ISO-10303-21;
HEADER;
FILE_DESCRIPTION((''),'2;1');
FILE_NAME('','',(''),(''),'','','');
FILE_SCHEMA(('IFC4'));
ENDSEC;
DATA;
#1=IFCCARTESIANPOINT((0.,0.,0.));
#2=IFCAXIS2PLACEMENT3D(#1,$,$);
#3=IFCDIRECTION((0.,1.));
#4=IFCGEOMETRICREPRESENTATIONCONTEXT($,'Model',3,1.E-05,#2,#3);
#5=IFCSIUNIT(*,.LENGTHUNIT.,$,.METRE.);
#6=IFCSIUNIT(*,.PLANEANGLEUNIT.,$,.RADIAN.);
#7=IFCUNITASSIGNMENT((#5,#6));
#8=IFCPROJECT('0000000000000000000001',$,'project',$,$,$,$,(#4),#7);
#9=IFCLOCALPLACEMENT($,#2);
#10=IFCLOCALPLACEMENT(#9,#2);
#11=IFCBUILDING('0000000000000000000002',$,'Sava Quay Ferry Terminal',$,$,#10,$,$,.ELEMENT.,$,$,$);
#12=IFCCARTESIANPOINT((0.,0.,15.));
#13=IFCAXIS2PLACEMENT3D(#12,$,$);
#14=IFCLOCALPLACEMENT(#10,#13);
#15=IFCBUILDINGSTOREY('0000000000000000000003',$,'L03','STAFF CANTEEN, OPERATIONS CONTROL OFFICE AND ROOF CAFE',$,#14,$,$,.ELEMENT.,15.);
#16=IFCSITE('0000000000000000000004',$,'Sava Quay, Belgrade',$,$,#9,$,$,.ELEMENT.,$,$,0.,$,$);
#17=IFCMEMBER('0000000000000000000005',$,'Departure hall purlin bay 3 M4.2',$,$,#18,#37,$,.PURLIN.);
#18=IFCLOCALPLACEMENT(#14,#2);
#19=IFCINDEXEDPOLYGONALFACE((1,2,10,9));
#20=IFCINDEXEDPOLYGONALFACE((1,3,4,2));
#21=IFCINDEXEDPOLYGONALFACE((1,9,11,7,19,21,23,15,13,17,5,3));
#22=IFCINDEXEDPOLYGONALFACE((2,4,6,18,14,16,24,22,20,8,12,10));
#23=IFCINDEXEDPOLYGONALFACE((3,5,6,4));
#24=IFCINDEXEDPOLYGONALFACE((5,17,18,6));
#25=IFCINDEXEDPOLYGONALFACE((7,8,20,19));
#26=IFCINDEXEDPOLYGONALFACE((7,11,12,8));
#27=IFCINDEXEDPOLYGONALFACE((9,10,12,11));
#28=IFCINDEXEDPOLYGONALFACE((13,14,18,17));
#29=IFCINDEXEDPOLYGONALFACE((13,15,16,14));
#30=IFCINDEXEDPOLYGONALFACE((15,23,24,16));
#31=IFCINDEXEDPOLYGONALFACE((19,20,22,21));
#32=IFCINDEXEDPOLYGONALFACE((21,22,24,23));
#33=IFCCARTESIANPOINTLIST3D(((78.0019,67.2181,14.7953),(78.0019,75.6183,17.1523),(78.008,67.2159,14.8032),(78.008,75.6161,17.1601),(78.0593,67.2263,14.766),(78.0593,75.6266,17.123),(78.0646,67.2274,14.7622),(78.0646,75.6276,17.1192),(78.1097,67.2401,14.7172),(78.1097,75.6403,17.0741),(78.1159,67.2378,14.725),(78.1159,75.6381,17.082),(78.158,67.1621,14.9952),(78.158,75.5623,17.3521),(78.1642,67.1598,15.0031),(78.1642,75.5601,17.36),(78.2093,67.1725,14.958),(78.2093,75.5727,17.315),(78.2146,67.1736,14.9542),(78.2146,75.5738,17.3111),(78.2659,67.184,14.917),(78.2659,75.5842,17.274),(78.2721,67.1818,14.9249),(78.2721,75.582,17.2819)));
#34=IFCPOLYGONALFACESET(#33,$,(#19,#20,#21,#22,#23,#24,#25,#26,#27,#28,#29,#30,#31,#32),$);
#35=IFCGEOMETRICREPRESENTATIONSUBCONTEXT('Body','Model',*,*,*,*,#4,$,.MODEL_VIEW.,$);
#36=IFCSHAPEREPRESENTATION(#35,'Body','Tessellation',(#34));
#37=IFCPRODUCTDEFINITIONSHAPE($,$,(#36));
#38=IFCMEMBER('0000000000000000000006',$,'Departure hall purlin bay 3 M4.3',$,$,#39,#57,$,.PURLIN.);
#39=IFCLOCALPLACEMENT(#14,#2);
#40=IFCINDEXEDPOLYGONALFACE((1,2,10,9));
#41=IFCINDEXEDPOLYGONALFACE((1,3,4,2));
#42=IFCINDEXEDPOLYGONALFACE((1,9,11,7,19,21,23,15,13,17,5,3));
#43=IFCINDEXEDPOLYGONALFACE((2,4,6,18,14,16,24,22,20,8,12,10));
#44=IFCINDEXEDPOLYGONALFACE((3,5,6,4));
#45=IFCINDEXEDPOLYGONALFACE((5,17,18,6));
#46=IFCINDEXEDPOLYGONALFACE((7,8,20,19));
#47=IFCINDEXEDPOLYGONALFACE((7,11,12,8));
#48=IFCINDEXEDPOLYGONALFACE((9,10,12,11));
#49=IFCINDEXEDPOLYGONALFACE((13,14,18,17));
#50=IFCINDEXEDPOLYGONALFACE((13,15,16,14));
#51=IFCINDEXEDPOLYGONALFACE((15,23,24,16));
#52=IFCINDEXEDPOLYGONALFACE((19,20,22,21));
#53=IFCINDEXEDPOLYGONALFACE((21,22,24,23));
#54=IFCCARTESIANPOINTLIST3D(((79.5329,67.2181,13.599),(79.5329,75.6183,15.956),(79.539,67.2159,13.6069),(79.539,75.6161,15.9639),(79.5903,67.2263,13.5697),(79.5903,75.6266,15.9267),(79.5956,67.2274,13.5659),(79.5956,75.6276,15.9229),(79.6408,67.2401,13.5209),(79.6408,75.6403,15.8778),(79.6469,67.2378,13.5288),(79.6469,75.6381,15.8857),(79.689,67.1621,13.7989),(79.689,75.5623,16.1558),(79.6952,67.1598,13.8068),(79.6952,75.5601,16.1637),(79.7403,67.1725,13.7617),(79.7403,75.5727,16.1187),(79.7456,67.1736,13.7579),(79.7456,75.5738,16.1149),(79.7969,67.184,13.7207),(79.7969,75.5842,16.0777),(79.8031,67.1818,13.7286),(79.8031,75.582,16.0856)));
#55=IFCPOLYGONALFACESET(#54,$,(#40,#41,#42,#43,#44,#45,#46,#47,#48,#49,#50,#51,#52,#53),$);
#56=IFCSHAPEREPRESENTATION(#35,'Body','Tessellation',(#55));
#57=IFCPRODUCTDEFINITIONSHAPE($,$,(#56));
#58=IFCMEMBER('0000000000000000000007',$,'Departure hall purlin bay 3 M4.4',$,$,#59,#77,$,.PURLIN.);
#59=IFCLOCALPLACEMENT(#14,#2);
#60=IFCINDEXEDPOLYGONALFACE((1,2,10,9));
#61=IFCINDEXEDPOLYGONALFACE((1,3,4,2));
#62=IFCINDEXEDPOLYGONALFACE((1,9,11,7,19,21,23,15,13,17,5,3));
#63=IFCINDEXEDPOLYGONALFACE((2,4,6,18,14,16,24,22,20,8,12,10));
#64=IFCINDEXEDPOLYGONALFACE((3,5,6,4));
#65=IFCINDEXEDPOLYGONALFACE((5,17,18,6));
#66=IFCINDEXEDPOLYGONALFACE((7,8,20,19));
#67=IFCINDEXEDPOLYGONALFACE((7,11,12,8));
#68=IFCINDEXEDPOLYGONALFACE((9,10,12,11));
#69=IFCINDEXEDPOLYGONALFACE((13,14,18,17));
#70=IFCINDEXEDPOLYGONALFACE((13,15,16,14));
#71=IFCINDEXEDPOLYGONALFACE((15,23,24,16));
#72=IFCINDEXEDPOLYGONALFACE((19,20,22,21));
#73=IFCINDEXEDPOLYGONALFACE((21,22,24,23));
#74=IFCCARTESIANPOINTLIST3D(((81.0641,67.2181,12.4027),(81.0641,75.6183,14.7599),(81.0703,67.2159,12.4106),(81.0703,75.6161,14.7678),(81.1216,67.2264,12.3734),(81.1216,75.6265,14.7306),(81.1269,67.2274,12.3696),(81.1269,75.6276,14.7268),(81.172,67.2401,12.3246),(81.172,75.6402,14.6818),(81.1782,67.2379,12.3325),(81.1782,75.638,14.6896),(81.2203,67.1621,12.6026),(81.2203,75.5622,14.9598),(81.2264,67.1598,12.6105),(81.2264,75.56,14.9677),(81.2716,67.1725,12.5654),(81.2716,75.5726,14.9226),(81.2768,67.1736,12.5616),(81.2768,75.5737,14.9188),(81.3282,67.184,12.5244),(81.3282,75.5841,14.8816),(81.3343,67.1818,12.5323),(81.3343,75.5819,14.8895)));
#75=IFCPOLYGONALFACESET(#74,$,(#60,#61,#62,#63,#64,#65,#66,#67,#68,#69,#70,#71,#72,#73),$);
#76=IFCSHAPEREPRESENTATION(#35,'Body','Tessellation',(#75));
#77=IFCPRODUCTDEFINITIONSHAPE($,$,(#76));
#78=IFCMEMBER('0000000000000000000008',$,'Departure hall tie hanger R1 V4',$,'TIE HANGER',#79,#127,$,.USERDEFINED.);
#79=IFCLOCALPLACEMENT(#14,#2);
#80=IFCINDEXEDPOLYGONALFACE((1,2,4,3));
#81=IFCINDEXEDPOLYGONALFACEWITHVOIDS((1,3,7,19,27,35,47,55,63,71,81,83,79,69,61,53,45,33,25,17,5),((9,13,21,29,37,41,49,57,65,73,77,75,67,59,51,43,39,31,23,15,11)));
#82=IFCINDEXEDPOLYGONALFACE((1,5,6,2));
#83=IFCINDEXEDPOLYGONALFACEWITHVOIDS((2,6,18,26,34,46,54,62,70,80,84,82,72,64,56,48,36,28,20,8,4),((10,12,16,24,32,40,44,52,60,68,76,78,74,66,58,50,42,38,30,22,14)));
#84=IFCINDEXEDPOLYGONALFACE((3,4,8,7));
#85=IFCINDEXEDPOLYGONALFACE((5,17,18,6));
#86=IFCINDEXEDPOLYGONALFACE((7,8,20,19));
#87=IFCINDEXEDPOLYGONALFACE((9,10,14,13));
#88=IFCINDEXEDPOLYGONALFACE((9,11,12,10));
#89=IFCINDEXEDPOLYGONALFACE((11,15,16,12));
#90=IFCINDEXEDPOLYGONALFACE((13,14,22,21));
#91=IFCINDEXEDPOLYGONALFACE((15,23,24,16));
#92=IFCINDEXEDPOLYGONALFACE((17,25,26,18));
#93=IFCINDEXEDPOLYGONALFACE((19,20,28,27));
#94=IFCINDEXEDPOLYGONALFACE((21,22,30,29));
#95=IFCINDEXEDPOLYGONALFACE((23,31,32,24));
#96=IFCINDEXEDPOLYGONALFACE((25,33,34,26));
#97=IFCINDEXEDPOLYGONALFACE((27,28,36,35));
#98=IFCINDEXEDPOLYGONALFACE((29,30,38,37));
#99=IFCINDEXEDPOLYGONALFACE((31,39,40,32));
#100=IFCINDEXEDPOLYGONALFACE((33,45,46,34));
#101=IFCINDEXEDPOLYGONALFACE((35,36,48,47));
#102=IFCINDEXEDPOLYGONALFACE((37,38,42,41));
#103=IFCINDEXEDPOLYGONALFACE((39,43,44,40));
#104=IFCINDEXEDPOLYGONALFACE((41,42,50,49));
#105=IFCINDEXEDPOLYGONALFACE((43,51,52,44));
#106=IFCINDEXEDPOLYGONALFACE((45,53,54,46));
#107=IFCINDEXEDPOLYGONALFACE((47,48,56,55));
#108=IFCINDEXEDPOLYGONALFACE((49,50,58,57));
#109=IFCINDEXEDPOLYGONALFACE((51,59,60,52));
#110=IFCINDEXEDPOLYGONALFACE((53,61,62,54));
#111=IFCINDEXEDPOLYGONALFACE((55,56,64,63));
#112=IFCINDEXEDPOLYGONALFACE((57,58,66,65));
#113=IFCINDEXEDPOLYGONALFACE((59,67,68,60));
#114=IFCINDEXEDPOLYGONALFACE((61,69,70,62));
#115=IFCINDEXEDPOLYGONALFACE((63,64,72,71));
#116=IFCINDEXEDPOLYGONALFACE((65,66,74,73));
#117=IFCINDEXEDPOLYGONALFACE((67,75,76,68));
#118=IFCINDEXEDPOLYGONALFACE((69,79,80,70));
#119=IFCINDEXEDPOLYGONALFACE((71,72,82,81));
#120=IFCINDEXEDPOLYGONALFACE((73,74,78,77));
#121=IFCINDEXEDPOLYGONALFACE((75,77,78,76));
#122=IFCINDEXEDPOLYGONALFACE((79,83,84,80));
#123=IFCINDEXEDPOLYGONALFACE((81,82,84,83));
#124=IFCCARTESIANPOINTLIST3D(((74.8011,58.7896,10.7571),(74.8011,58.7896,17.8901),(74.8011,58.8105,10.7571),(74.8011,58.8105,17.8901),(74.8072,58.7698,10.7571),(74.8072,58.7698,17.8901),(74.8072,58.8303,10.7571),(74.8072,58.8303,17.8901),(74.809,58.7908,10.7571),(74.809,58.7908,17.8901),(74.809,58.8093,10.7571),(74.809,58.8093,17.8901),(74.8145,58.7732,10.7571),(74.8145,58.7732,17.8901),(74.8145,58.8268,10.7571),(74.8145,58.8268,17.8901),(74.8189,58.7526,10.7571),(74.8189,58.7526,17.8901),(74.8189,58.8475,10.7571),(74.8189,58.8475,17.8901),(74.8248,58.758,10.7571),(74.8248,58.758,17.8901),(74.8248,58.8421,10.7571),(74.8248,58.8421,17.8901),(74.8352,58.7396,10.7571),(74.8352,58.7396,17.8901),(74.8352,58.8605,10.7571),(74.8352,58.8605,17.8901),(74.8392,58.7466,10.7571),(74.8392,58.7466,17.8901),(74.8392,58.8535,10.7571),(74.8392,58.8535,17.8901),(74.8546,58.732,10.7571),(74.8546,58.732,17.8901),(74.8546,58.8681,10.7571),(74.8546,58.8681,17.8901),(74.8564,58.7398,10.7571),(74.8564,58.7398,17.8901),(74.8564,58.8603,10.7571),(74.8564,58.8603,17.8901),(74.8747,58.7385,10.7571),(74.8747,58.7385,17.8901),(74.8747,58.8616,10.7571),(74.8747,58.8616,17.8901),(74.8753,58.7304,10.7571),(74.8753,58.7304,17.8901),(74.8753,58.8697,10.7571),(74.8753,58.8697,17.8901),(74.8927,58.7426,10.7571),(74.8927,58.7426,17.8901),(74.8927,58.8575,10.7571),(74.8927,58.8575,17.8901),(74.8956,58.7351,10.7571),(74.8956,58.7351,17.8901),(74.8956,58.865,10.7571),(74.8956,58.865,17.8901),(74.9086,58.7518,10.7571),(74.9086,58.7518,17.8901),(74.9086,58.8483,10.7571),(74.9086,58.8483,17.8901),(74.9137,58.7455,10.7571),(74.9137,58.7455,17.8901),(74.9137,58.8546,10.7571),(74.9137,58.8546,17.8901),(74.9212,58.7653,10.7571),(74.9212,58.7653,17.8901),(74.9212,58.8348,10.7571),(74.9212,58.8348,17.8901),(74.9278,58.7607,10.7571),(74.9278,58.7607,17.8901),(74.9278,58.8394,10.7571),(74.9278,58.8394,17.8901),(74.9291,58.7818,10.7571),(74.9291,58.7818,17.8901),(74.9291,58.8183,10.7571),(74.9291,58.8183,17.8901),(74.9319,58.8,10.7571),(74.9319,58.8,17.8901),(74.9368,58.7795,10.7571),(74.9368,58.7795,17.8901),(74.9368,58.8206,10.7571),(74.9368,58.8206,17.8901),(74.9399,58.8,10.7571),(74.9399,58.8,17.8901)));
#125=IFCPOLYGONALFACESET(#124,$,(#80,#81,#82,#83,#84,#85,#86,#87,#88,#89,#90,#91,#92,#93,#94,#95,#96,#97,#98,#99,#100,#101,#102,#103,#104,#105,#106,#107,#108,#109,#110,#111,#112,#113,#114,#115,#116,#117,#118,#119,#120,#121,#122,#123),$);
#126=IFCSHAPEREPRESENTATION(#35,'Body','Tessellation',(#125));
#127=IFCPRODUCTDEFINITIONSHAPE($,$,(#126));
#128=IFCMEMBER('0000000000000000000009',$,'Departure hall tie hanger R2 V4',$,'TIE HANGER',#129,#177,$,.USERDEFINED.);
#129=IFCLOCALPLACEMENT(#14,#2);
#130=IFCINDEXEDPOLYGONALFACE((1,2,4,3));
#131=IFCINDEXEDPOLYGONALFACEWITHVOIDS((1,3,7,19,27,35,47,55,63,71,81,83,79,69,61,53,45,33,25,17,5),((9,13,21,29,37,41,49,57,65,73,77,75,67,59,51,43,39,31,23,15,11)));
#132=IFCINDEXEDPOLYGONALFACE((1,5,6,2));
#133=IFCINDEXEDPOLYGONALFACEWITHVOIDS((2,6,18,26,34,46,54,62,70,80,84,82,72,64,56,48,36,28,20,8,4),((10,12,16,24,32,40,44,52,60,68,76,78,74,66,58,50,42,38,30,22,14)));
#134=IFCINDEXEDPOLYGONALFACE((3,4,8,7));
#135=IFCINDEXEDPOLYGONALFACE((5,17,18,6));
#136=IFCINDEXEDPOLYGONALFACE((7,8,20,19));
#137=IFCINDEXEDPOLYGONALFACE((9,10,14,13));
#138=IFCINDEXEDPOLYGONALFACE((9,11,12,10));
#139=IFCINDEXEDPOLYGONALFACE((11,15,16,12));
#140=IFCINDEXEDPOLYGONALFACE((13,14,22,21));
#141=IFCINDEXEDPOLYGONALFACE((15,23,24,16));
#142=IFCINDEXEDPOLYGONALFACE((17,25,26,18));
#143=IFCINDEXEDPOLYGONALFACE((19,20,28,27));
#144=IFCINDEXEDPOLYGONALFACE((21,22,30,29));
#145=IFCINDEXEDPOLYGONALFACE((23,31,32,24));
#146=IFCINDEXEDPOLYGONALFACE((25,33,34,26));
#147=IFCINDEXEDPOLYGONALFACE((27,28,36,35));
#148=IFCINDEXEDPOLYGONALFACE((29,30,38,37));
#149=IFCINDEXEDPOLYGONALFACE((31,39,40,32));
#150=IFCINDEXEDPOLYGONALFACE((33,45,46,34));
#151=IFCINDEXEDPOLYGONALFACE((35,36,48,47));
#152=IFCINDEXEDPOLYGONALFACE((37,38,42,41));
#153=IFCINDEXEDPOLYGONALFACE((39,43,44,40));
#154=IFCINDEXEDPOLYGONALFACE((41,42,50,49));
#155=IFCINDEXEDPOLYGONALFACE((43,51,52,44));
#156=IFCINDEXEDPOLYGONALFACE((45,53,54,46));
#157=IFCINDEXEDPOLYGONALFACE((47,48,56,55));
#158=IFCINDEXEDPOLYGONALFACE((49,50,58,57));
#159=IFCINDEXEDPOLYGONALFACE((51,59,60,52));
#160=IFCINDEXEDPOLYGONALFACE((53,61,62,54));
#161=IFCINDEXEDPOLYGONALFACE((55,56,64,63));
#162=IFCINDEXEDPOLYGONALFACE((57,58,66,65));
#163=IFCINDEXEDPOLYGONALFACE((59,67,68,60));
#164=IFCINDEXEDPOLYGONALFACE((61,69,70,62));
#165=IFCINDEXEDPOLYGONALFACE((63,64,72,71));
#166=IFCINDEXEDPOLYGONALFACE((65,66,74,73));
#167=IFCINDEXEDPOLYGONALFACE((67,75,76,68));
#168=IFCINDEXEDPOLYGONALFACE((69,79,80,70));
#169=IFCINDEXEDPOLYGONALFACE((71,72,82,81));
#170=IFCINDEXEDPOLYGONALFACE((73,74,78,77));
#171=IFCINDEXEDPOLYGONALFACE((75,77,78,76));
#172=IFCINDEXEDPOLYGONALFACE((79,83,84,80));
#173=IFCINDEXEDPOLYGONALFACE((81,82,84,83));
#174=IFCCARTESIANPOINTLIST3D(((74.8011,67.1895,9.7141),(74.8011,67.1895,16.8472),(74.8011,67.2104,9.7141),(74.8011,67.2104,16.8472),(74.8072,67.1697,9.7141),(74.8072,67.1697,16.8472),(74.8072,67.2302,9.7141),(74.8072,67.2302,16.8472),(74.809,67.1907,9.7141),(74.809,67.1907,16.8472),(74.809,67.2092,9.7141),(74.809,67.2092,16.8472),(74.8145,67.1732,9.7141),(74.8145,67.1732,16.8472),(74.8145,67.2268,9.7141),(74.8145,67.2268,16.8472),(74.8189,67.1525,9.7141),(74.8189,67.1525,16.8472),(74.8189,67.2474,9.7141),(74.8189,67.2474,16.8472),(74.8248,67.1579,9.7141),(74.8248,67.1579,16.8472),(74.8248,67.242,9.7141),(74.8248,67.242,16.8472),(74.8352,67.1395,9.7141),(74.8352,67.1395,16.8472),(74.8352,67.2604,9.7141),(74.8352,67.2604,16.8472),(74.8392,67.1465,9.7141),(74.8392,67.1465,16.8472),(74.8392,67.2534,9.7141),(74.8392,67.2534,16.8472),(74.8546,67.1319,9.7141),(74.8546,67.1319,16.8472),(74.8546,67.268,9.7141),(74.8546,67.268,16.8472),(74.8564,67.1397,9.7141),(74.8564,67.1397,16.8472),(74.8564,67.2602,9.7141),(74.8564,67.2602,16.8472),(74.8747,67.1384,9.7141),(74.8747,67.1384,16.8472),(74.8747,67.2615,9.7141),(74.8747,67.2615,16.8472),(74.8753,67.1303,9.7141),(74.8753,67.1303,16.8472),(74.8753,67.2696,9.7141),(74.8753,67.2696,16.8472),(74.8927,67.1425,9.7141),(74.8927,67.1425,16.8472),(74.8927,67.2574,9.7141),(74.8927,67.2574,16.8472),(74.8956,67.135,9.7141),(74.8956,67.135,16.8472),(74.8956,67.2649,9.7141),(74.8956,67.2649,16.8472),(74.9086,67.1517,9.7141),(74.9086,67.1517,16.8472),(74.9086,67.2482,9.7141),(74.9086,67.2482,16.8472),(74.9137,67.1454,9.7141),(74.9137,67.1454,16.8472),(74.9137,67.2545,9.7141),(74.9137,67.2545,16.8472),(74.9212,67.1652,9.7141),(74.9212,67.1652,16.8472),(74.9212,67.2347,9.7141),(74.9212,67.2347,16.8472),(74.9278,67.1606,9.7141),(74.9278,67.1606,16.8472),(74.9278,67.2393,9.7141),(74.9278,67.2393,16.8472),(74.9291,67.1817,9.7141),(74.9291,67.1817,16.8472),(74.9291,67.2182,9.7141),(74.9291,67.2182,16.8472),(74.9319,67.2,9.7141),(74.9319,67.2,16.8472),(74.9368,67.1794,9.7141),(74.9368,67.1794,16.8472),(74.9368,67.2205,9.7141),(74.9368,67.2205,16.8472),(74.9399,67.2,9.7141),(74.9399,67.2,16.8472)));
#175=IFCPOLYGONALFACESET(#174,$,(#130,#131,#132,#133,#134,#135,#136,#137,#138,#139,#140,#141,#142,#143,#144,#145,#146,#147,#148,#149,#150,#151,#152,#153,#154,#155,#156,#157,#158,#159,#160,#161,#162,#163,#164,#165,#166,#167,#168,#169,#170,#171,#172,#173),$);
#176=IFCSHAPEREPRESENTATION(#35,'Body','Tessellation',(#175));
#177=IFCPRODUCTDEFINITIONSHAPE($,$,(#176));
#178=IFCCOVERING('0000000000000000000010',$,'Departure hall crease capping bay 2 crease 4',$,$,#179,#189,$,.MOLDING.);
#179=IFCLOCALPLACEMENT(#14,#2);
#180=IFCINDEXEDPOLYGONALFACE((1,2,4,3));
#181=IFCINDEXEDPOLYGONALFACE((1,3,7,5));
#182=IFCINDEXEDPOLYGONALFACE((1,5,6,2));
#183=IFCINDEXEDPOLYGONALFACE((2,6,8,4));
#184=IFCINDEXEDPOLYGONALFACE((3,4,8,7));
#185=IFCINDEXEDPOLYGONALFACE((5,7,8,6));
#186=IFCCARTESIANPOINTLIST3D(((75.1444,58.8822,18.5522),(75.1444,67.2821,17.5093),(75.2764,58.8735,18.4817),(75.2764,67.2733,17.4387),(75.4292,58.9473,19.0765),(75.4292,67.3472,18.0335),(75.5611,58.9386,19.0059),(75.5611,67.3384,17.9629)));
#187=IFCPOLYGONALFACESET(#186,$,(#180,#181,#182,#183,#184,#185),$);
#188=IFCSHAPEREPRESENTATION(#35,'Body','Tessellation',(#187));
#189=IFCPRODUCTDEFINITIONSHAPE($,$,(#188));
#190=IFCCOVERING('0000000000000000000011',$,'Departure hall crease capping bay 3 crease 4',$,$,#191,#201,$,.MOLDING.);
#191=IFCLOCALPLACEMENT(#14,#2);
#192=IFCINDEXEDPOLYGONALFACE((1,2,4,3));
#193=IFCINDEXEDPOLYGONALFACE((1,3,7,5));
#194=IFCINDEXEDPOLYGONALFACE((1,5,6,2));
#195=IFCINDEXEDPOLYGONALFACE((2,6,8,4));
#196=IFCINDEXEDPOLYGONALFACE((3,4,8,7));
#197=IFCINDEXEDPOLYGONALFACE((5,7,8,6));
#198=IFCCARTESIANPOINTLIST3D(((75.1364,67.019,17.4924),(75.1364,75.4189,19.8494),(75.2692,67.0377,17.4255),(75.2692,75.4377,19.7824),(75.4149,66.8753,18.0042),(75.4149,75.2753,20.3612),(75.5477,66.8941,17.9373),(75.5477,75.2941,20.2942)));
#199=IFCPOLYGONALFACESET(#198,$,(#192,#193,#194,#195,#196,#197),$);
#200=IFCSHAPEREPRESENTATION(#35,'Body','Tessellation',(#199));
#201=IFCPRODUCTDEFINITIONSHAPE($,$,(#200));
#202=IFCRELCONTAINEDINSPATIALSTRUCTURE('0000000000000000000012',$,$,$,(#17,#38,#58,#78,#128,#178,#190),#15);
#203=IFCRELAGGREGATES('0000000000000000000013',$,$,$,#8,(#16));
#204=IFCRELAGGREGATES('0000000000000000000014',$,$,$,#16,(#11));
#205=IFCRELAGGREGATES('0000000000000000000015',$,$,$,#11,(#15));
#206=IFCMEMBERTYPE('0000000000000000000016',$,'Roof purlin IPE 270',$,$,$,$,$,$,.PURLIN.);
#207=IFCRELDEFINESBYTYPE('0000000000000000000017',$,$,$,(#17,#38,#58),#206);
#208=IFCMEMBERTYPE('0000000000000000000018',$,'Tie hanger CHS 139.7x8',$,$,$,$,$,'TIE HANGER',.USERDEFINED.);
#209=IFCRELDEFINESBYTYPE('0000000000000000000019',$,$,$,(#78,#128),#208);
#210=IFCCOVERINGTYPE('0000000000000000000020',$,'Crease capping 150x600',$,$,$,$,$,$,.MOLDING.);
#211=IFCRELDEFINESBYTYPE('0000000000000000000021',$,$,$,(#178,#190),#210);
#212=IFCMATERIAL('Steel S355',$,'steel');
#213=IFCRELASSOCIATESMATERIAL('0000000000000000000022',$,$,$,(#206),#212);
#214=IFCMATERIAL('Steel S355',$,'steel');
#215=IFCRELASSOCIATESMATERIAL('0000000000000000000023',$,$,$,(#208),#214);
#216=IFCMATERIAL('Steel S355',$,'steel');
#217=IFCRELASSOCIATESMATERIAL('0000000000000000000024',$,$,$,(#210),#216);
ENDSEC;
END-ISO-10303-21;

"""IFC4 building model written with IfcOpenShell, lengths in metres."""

from ifc_helpers import new_model, si_unit, direction, frame, origin, origin_2d, place, context, subcontext, project, spatial, rectangle, hollow_circle, i_section, extrude, material, material_profile, profile_set, type_object, element, save


model = new_model("IFC4")

# Units and contexts
model_context = context("Model", 3, precision=1e-05, world=origin(), true_north=direction((0.0, 1.0)))
body_context = subcontext(model_context, "Body", "Model", "MODEL_VIEW")
ifc_project = project(units=[si_unit("LENGTHUNIT", "METRE"), si_unit("PLANEANGLEUNIT", "RADIAN")], contexts=[model_context])

# Site, building, storey
site_placement = place(None, origin())
site = spatial("IfcSite", under=ifc_project, at=site_placement, Name="Sava Quay, Belgrade", CompositionType="ELEMENT", RefElevation=0.0)
building_placement = place(site_placement, origin())
building = spatial("IfcBuilding", under=site, at=building_placement, Name="Sava Quay Ferry Terminal", CompositionType="ELEMENT")
storey_placement = place(building_placement, frame((0.0, 0.0, 15.0)))
storey = spatial("IfcBuildingStorey", under=building, at=storey_placement, Name="L03", Description="STAFF CANTEEN, OPERATIONS CONTROL OFFICE AND ROOF CAFE", CompositionType="ELEMENT", Elevation=15.0)

# Members
ifc_material_1 = material(Name="Steel S355", Category="steel")
ifc_material_profile_1 = material_profile(ifc_material_1, i_section(OverallWidth=0.135, OverallDepth=0.27, WebThickness=0.0066, FlangeThickness=0.0103, at=origin_2d()), Name="IPE 270")
ifc_profile_set_1 = profile_set([ifc_material_profile_1], Name="Steel S355")
member_type_1 = type_object("IfcMemberType", Name="Roof purlin IPE 270", PredefinedType="PURLIN", material=ifc_profile_set_1)
for number, where, z_axis, x_axis, name in (
    (1, (78.137, 67.2, 14.8601), (0.0, 0.962818, 0.27015), (-0.799142, -0.162398, 0.57879), "Departure hall purlin bay 3 M4.2"),
    (2, (79.668, 67.2, 13.6638), (0.0, 0.962818, 0.27015), (-0.799142, -0.162398, 0.57879), "Departure hall purlin bay 3 M4.3"),
    (3, (81.1992, 67.2, 12.4675), (0.0, 0.962811, 0.270176), (-0.799142, -0.162414, 0.578786), "Departure hall purlin bay 3 M4.4"),
):
    element("IfcMember", number, at=place(storey_placement, frame(where, z_axis=z_axis, x_axis=x_axis)), inside=storey, type_object=member_type_1, Name=name, PredefinedType="PURLIN", context=body_context, shape_type="SweptSolid", body=[
        extrude(i_section(OverallWidth=0.135, OverallDepth=0.27, WebThickness=0.0066, FlangeThickness=0.0103, at=origin_2d()), origin(), (0.0, 0.0, 1.0), 8.7246),
    ])
ifc_material_2 = material(Name="Steel S355", Category="steel")
ifc_material_profile_2 = material_profile(ifc_material_2, hollow_circle(Radius=0.0698, WallThickness=0.0081, at=origin_2d()), Name="CHS 139.7 x 8.0")
ifc_profile_set_2 = profile_set([ifc_material_profile_2], Name="Steel S355")
member_type_2 = type_object("IfcMemberType", Name="Tie hanger CHS 139.7x8", ElementType="TIE HANGER", PredefinedType="USERDEFINED", material=ifc_profile_set_2)
for number, where, z_axis, x_axis, name in (
    (4, (74.8701, 58.8, 10.7571), (0.0, 0.0, 1.0), (1.0, 0.0, 0.0), "Departure hall tie hanger R1 V4"),
    (5, (74.8701, 67.2, 9.7141), (0.0, 0.0, 1.0), (1.0, 0.0, 0.0), "Departure hall tie hanger R2 V4"),
):
    element("IfcMember", number, at=place(storey_placement, frame(where, z_axis=z_axis, x_axis=x_axis)), inside=storey, type_object=member_type_2, Name=name, ObjectType="TIE HANGER", PredefinedType="USERDEFINED", context=body_context, shape_type="SweptSolid", body=[
        extrude(hollow_circle(Radius=0.0698, WallThickness=0.0081, at=origin_2d()), origin(), (0.0, 0.0, 1.0), 7.1331),
    ])

# Coverings
ifc_material_3 = material(Name="Steel S355", Category="steel")
ifc_material_profile_3 = material_profile(ifc_material_3, rectangle(XDim=0.1499, YDim=0.6001, at=origin_2d()), Name="Cap 150 x 600")
ifc_profile_set_3 = profile_set([ifc_material_profile_3], Name="Steel S355")
covering_type_1 = type_object("IfcCoveringType", Name="Crease capping 150x600", PredefinedType="MOLDING", material=ifc_profile_set_3)
covering_1_placement = place(storey_placement, frame((75.3528, 58.9104, 18.7791), z_axis=(0.0, 0.99238, -0.123218), x_axis=(-0.880258, 0.058467, 0.47088)))
element("IfcCovering", 6, at=covering_1_placement, inside=storey, type_object=covering_type_1, Name="Departure hall crease capping bay 2 crease 4", PredefinedType="MOLDING", context=body_context, shape_type="SweptSolid", body=[
    extrude(rectangle(XDim=0.1499, YDim=0.6001, at=origin_2d()), origin(), (0.0, 0.0, 1.0), 8.4644),
])
covering_2_placement = place(storey_placement, frame((75.342, 66.9565, 17.7148), z_axis=(0.0, 0.962816, 0.270157), x_axis=(-0.885826, -0.125358, 0.446764)))
element("IfcCovering", 7, at=covering_2_placement, inside=storey, type_object=covering_type_1, Name="Departure hall crease capping bay 3 crease 4", PredefinedType="MOLDING", context=body_context, shape_type="SweptSolid", body=[
    extrude(rectangle(XDim=0.1499, YDim=0.6001, at=origin_2d()), origin(), (0.0, 0.0, 1.0), 8.7244),
])

save(model, "model.ifc")
